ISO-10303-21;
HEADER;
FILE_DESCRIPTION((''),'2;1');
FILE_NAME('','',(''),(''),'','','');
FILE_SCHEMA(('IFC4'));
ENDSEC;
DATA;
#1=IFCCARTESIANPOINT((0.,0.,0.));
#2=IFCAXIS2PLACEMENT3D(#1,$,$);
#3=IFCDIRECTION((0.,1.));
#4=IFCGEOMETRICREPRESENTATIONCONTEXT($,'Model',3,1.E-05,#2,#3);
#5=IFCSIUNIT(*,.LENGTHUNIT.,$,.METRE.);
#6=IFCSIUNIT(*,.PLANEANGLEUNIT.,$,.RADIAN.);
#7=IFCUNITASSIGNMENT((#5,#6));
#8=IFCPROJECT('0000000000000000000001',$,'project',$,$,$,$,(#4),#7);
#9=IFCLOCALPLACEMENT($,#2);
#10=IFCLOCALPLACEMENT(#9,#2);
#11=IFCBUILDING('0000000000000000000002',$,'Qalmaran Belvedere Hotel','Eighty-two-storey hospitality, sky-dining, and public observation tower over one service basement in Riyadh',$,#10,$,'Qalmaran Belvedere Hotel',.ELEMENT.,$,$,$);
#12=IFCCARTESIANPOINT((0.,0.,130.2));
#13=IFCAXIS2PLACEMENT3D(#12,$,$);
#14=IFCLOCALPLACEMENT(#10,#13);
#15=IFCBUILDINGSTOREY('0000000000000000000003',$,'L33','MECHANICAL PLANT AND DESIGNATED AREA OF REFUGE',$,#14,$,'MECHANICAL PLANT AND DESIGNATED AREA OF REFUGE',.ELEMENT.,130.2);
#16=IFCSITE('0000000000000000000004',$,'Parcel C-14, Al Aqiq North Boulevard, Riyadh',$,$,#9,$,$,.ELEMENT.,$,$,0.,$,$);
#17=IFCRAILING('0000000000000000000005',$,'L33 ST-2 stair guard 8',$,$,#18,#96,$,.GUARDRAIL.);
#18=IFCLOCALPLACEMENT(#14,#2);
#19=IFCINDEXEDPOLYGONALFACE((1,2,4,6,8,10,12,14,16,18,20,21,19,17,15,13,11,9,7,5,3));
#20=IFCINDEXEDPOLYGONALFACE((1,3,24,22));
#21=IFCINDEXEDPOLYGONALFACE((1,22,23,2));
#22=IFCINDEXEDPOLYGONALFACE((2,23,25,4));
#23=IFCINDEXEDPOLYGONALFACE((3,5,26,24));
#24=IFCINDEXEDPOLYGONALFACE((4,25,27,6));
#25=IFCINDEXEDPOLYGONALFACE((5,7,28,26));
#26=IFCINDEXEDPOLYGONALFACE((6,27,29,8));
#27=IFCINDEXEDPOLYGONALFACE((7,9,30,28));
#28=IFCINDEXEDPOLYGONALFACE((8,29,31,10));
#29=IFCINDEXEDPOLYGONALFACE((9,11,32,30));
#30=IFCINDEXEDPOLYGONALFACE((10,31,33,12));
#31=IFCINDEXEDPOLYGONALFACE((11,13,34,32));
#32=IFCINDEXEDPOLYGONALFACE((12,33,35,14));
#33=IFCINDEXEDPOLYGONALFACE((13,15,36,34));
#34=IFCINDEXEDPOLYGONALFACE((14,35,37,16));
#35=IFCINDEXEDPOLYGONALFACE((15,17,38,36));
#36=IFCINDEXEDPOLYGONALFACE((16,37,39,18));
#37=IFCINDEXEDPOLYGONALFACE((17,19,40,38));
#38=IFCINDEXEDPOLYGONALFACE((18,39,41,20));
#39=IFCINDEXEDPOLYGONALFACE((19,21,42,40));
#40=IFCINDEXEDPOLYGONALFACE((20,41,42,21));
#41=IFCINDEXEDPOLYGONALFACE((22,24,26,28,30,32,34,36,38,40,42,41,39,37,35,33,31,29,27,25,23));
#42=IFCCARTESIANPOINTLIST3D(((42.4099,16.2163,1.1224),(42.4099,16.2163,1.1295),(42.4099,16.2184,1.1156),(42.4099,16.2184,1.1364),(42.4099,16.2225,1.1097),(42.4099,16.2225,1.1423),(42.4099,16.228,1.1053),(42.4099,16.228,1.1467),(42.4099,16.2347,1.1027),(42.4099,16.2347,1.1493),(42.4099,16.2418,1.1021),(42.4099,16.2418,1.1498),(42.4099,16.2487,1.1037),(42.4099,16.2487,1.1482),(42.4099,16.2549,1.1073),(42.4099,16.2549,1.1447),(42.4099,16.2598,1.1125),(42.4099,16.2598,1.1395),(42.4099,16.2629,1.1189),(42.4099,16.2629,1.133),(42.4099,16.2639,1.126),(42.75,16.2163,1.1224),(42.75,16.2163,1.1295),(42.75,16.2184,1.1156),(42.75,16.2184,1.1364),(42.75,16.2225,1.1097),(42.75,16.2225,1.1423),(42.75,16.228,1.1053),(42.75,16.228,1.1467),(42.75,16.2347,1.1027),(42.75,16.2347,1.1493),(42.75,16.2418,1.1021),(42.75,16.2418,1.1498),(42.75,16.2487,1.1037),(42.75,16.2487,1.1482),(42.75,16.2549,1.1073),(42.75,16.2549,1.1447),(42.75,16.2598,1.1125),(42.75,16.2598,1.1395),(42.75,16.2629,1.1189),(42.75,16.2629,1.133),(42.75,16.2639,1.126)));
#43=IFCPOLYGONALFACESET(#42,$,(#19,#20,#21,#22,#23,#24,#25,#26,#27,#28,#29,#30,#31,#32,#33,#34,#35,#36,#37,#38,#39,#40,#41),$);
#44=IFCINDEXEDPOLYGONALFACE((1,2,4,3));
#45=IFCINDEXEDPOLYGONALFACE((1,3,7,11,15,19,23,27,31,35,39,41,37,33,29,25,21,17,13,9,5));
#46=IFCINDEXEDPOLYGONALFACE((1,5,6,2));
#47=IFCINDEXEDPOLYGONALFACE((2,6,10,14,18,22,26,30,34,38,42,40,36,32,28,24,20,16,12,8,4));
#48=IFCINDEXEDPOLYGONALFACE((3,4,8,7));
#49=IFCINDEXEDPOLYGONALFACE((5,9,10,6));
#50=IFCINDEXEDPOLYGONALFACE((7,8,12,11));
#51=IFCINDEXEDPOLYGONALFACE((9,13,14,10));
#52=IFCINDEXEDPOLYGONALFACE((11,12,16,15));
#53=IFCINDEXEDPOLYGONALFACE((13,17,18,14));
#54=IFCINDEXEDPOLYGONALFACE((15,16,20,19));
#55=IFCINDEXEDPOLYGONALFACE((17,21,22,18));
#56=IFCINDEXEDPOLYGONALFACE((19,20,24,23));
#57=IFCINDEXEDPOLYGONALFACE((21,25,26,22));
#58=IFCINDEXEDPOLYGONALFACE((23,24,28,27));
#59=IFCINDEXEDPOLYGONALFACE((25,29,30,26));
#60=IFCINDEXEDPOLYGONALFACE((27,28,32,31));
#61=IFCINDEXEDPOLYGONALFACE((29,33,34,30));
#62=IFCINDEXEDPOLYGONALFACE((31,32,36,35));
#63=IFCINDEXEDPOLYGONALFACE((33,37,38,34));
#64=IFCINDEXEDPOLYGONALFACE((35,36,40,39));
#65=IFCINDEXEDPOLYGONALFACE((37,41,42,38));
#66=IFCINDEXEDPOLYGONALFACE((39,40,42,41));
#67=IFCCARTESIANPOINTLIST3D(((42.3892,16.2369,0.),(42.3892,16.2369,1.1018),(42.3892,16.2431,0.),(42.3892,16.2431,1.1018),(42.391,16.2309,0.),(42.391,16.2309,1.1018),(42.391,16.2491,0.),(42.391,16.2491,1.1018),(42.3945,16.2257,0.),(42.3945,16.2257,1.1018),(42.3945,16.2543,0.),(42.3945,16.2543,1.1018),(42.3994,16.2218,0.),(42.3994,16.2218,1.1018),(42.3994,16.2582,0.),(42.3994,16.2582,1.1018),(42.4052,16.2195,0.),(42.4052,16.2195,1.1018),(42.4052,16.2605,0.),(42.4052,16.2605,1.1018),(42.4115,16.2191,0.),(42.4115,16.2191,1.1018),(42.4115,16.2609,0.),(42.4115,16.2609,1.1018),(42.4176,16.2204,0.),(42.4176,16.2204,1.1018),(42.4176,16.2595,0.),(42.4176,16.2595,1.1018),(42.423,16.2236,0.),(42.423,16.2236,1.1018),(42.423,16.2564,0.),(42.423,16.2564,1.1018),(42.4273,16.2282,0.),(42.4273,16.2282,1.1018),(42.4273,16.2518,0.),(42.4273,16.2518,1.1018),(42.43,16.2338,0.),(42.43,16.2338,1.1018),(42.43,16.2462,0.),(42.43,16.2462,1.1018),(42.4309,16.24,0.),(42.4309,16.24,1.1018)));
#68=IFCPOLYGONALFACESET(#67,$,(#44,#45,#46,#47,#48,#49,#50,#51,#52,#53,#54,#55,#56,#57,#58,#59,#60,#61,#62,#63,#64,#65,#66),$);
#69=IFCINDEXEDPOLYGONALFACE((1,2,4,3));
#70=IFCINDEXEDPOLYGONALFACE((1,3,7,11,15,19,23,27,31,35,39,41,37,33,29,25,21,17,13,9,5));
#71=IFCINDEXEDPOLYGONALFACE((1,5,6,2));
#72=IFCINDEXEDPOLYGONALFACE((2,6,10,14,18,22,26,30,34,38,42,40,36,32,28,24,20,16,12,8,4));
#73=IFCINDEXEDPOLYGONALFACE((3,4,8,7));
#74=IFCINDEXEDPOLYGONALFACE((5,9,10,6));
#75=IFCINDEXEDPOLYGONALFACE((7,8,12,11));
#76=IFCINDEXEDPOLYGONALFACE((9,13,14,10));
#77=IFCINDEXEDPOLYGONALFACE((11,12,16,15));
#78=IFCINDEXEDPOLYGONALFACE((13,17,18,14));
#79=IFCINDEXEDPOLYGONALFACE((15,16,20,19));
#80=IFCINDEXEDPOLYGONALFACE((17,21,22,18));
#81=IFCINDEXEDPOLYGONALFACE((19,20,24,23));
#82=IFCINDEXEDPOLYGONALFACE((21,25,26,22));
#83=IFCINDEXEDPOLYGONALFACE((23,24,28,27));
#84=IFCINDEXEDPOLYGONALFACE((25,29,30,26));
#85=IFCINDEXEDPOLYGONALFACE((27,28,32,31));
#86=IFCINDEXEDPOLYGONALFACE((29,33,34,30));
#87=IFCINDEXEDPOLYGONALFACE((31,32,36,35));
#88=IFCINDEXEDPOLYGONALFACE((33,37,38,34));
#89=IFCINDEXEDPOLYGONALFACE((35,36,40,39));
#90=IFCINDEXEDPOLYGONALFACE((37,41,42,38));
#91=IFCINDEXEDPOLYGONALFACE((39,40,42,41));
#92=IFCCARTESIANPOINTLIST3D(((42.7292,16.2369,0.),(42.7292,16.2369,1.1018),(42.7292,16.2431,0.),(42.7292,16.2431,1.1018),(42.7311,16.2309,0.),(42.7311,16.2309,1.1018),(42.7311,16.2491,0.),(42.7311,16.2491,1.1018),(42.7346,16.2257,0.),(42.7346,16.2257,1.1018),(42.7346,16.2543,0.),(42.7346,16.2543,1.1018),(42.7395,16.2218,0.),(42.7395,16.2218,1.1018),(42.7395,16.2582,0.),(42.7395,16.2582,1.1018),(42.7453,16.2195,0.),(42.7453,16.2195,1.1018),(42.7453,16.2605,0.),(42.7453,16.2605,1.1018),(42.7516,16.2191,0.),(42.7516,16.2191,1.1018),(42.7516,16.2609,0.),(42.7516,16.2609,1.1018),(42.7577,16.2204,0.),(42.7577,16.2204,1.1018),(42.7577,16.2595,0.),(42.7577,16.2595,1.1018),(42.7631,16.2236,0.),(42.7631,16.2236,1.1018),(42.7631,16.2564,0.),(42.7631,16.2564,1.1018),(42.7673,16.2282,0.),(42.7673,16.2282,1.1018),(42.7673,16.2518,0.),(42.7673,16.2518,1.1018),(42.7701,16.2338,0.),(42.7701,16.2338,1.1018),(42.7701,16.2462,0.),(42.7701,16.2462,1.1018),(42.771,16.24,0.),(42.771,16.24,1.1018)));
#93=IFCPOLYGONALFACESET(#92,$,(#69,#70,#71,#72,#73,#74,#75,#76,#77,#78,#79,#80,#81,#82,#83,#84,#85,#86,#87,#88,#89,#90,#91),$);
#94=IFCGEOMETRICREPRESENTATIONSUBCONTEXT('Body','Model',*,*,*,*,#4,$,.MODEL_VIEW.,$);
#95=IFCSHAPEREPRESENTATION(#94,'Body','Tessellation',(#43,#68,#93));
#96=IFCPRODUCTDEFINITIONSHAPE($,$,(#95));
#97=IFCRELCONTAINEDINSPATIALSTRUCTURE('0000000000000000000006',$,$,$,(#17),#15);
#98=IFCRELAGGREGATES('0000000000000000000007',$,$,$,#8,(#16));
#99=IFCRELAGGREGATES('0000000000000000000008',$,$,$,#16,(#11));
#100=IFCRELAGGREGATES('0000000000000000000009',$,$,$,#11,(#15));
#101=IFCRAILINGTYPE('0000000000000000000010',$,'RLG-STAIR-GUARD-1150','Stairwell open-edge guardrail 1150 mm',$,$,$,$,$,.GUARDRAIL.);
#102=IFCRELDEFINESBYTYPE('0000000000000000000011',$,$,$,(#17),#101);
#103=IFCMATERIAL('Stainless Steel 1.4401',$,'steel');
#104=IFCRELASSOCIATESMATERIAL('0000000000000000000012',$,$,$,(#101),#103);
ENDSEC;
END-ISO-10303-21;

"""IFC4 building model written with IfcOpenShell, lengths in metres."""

from ifc_helpers import new_model, si_unit, direction, frame, origin, origin_2d, place, context, subcontext, project, spatial, circle, extrude, material, type_object, element, save


model = new_model("IFC4")

# Units and contexts
model_context = context("Model", 3, precision=1e-05, world=origin(), true_north=direction((0.0, 1.0)))
body_context = subcontext(model_context, "Body", "Model", "MODEL_VIEW")
ifc_project = project(units=[si_unit("LENGTHUNIT", "METRE"), si_unit("PLANEANGLEUNIT", "RADIAN")], contexts=[model_context])

# Site, building, storey
site_placement = place(None, origin())
site = spatial("IfcSite", under=ifc_project, at=site_placement, Name="Parcel C-14, Al Aqiq North Boulevard, Riyadh", CompositionType="ELEMENT", RefElevation=0.0)
building_placement = place(site_placement, origin())
building = spatial("IfcBuilding", under=site, at=building_placement, Name="Qalmaran Belvedere Hotel", Description="Eighty-two-storey hospitality, sky-dining, and public observation tower over one service basement in Riyadh", LongName="Qalmaran Belvedere Hotel", CompositionType="ELEMENT")
storey_placement = place(building_placement, frame((0.0, 0.0, 130.2)))
storey = spatial("IfcBuildingStorey", under=building, at=storey_placement, Name="L33", Description="MECHANICAL PLANT AND DESIGNATED AREA OF REFUGE", LongName="MECHANICAL PLANT AND DESIGNATED AREA OF REFUGE", CompositionType="ELEMENT", Elevation=130.2)

# Railing
ifc_material_1 = material(Name="Stainless Steel 1.4401", Category="steel")
railing_type_1 = type_object("IfcRailingType", Name="RLG-STAIR-GUARD-1150", Description="Stairwell open-edge guardrail 1150 mm", PredefinedType="GUARDRAIL", material=ifc_material_1)
railing_1_placement = place(storey_placement, frame((42.4099, 16.24, 0.0)))
element("IfcRailing", 1, at=railing_1_placement, inside=storey, type_object=railing_type_1, Name="L33 ST-2 stair guard 8", PredefinedType="GUARDRAIL", context=body_context, shape_type="SweptSolid", body=[
    extrude(circle(Radius=0.0239, at=origin_2d()), frame((0.0, 0.0, 1.126), z_axis=(1.0, 0.0, 0.0), x_axis=(0.0, 1.0, 0.0)), (0.0, 0.0, 1.0), 0.3401),
    extrude(circle(Radius=0.021, at=origin_2d()), origin(), (0.0, 0.0, 1.0), 1.1018),
    extrude(circle(Radius=0.021, at=origin_2d()), frame((0.3401, 0.0, 0.0)), (0.0, 0.0, 1.0), 1.1018),
])

save(model, "model.ifc")
